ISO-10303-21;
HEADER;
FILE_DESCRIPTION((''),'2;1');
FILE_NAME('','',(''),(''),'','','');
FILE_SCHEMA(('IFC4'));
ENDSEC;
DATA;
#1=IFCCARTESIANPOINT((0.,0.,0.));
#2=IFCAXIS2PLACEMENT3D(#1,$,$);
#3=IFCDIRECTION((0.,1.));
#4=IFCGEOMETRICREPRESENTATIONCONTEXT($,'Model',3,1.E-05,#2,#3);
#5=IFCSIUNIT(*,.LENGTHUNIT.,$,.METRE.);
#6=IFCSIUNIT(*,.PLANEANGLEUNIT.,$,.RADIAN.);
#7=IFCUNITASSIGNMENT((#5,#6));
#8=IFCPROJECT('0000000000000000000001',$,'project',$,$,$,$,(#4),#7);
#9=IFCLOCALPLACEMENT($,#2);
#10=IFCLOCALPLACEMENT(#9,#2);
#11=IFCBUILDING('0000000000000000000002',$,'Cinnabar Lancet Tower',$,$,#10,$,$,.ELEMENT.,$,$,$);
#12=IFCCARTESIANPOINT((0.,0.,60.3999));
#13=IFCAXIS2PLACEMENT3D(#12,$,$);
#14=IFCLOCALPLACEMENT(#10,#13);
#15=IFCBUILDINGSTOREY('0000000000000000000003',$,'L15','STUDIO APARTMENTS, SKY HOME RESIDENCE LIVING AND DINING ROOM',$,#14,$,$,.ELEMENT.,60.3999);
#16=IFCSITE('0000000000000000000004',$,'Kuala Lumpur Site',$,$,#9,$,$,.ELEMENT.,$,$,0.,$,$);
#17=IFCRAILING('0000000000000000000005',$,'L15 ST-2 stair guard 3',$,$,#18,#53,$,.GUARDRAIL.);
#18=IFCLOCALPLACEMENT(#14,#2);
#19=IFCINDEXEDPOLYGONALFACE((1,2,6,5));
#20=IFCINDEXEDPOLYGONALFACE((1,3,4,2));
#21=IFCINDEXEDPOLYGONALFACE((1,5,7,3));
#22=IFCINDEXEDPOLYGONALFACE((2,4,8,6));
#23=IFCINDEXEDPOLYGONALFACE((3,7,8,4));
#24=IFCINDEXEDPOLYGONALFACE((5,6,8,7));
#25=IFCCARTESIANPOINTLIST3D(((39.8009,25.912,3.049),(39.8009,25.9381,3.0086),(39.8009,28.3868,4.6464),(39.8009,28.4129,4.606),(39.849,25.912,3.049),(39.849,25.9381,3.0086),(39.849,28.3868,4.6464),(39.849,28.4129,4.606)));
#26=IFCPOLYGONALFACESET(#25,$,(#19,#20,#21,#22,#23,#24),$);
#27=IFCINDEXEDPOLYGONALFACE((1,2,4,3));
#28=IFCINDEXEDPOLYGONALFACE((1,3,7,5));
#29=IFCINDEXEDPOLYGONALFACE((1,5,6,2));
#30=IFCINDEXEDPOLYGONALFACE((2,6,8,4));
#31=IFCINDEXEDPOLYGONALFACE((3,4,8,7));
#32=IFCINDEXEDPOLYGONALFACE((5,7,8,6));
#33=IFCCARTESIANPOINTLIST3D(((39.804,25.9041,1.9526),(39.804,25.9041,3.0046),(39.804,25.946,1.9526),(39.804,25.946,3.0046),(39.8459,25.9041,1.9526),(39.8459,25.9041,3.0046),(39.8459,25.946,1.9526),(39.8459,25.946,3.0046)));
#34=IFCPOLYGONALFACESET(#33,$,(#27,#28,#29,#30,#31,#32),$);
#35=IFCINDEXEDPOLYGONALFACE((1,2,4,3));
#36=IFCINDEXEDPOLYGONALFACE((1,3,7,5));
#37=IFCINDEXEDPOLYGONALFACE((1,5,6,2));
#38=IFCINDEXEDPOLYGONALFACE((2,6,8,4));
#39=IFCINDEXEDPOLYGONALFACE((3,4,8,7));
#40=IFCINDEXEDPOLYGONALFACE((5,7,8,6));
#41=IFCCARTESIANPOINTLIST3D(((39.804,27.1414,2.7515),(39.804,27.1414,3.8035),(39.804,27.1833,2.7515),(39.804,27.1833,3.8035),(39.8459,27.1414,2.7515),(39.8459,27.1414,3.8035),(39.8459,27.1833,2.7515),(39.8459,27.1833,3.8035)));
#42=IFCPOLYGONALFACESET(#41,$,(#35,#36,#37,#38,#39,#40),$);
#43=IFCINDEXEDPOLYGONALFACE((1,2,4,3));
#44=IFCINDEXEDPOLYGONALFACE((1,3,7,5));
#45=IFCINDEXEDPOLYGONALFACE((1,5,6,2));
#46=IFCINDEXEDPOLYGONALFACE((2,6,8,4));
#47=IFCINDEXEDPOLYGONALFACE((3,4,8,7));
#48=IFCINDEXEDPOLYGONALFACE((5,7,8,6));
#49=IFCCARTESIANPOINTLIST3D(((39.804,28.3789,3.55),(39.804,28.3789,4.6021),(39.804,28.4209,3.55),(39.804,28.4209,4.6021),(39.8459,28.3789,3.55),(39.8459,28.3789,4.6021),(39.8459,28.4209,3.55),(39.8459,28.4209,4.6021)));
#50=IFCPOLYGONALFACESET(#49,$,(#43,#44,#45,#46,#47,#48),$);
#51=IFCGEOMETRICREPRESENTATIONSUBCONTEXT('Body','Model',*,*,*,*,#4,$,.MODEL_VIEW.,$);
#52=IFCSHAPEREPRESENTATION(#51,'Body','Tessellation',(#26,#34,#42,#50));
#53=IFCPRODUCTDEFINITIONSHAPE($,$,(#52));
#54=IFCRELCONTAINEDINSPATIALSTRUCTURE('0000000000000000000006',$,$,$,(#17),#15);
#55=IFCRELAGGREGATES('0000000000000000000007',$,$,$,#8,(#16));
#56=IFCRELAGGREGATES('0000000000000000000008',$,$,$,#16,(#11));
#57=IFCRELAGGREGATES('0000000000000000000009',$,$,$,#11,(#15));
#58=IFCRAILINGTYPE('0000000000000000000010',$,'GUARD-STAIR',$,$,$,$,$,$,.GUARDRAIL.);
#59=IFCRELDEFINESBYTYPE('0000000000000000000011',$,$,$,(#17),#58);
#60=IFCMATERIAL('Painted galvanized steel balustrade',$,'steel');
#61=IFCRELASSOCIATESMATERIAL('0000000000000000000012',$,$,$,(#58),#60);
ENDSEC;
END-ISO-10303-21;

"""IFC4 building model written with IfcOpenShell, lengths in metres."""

from ifc_helpers import new_model, si_unit, direction, frame, origin, origin_2d, place, context, subcontext, project, spatial, rectangle, extrude, material, type_object, element, save


model = new_model("IFC4")

# Units and contexts
model_context = context("Model", 3, precision=1e-05, world=origin(), true_north=direction((0.0, 1.0)))
body_context = subcontext(model_context, "Body", "Model", "MODEL_VIEW")
ifc_project = project(units=[si_unit("LENGTHUNIT", "METRE"), si_unit("PLANEANGLEUNIT", "RADIAN")], contexts=[model_context])

# Site, building, storey
site_placement = place(None, origin())
site = spatial("IfcSite", under=ifc_project, at=site_placement, Name="Kuala Lumpur Site", CompositionType="ELEMENT", RefElevation=0.0)
building_placement = place(site_placement, origin())
building = spatial("IfcBuilding", under=site, at=building_placement, Name="Cinnabar Lancet Tower", CompositionType="ELEMENT")
storey_placement = place(building_placement, frame((0.0, 0.0, 60.3999)))
storey = spatial("IfcBuildingStorey", under=building, at=storey_placement, Name="L15", Description="STUDIO APARTMENTS, SKY HOME RESIDENCE LIVING AND DINING ROOM", CompositionType="ELEMENT", Elevation=60.3999)

# Railing
ifc_material_1 = material(Name="Painted galvanized steel balustrade", Category="steel")
railing_type = type_object("IfcRailingType", Name="GUARD-STAIR", PredefinedType="GUARDRAIL", material=ifc_material_1)
railing_1_placement = place(storey_placement, frame((39.825, 25.925, 1.9526)))
element("IfcRailing", 1, at=railing_1_placement, inside=storey, type_object=railing_type, Name="L15 ST-2 stair guard 3", PredefinedType="GUARDRAIL", context=body_context, shape_type="SweptSolid", body=[
    extrude(rectangle(XDim=0.0481, YDim=0.0481, at=origin_2d()), frame((0.0, 0.0, 1.0762), z_axis=(0.0, 0.840183, 0.542302), x_axis=(-1.0, 0.0, 0.0)), (0.0, 0.0, 1.0), 2.9456),
    extrude(rectangle(XDim=0.042, YDim=0.042, at=origin_2d()), origin(), (0.0, 0.0, 1.0), 1.052),
    extrude(rectangle(XDim=0.042, YDim=0.042, at=origin_2d()), frame((0.0, 1.2373, 0.7988)), (0.0, 0.0, 1.0), 1.052),
    extrude(rectangle(XDim=0.042, YDim=0.042, at=origin_2d()), frame((0.0, 2.4749, 1.5974)), (0.0, 0.0, 1.0), 1.052),
])

save(model, "model.ifc")
